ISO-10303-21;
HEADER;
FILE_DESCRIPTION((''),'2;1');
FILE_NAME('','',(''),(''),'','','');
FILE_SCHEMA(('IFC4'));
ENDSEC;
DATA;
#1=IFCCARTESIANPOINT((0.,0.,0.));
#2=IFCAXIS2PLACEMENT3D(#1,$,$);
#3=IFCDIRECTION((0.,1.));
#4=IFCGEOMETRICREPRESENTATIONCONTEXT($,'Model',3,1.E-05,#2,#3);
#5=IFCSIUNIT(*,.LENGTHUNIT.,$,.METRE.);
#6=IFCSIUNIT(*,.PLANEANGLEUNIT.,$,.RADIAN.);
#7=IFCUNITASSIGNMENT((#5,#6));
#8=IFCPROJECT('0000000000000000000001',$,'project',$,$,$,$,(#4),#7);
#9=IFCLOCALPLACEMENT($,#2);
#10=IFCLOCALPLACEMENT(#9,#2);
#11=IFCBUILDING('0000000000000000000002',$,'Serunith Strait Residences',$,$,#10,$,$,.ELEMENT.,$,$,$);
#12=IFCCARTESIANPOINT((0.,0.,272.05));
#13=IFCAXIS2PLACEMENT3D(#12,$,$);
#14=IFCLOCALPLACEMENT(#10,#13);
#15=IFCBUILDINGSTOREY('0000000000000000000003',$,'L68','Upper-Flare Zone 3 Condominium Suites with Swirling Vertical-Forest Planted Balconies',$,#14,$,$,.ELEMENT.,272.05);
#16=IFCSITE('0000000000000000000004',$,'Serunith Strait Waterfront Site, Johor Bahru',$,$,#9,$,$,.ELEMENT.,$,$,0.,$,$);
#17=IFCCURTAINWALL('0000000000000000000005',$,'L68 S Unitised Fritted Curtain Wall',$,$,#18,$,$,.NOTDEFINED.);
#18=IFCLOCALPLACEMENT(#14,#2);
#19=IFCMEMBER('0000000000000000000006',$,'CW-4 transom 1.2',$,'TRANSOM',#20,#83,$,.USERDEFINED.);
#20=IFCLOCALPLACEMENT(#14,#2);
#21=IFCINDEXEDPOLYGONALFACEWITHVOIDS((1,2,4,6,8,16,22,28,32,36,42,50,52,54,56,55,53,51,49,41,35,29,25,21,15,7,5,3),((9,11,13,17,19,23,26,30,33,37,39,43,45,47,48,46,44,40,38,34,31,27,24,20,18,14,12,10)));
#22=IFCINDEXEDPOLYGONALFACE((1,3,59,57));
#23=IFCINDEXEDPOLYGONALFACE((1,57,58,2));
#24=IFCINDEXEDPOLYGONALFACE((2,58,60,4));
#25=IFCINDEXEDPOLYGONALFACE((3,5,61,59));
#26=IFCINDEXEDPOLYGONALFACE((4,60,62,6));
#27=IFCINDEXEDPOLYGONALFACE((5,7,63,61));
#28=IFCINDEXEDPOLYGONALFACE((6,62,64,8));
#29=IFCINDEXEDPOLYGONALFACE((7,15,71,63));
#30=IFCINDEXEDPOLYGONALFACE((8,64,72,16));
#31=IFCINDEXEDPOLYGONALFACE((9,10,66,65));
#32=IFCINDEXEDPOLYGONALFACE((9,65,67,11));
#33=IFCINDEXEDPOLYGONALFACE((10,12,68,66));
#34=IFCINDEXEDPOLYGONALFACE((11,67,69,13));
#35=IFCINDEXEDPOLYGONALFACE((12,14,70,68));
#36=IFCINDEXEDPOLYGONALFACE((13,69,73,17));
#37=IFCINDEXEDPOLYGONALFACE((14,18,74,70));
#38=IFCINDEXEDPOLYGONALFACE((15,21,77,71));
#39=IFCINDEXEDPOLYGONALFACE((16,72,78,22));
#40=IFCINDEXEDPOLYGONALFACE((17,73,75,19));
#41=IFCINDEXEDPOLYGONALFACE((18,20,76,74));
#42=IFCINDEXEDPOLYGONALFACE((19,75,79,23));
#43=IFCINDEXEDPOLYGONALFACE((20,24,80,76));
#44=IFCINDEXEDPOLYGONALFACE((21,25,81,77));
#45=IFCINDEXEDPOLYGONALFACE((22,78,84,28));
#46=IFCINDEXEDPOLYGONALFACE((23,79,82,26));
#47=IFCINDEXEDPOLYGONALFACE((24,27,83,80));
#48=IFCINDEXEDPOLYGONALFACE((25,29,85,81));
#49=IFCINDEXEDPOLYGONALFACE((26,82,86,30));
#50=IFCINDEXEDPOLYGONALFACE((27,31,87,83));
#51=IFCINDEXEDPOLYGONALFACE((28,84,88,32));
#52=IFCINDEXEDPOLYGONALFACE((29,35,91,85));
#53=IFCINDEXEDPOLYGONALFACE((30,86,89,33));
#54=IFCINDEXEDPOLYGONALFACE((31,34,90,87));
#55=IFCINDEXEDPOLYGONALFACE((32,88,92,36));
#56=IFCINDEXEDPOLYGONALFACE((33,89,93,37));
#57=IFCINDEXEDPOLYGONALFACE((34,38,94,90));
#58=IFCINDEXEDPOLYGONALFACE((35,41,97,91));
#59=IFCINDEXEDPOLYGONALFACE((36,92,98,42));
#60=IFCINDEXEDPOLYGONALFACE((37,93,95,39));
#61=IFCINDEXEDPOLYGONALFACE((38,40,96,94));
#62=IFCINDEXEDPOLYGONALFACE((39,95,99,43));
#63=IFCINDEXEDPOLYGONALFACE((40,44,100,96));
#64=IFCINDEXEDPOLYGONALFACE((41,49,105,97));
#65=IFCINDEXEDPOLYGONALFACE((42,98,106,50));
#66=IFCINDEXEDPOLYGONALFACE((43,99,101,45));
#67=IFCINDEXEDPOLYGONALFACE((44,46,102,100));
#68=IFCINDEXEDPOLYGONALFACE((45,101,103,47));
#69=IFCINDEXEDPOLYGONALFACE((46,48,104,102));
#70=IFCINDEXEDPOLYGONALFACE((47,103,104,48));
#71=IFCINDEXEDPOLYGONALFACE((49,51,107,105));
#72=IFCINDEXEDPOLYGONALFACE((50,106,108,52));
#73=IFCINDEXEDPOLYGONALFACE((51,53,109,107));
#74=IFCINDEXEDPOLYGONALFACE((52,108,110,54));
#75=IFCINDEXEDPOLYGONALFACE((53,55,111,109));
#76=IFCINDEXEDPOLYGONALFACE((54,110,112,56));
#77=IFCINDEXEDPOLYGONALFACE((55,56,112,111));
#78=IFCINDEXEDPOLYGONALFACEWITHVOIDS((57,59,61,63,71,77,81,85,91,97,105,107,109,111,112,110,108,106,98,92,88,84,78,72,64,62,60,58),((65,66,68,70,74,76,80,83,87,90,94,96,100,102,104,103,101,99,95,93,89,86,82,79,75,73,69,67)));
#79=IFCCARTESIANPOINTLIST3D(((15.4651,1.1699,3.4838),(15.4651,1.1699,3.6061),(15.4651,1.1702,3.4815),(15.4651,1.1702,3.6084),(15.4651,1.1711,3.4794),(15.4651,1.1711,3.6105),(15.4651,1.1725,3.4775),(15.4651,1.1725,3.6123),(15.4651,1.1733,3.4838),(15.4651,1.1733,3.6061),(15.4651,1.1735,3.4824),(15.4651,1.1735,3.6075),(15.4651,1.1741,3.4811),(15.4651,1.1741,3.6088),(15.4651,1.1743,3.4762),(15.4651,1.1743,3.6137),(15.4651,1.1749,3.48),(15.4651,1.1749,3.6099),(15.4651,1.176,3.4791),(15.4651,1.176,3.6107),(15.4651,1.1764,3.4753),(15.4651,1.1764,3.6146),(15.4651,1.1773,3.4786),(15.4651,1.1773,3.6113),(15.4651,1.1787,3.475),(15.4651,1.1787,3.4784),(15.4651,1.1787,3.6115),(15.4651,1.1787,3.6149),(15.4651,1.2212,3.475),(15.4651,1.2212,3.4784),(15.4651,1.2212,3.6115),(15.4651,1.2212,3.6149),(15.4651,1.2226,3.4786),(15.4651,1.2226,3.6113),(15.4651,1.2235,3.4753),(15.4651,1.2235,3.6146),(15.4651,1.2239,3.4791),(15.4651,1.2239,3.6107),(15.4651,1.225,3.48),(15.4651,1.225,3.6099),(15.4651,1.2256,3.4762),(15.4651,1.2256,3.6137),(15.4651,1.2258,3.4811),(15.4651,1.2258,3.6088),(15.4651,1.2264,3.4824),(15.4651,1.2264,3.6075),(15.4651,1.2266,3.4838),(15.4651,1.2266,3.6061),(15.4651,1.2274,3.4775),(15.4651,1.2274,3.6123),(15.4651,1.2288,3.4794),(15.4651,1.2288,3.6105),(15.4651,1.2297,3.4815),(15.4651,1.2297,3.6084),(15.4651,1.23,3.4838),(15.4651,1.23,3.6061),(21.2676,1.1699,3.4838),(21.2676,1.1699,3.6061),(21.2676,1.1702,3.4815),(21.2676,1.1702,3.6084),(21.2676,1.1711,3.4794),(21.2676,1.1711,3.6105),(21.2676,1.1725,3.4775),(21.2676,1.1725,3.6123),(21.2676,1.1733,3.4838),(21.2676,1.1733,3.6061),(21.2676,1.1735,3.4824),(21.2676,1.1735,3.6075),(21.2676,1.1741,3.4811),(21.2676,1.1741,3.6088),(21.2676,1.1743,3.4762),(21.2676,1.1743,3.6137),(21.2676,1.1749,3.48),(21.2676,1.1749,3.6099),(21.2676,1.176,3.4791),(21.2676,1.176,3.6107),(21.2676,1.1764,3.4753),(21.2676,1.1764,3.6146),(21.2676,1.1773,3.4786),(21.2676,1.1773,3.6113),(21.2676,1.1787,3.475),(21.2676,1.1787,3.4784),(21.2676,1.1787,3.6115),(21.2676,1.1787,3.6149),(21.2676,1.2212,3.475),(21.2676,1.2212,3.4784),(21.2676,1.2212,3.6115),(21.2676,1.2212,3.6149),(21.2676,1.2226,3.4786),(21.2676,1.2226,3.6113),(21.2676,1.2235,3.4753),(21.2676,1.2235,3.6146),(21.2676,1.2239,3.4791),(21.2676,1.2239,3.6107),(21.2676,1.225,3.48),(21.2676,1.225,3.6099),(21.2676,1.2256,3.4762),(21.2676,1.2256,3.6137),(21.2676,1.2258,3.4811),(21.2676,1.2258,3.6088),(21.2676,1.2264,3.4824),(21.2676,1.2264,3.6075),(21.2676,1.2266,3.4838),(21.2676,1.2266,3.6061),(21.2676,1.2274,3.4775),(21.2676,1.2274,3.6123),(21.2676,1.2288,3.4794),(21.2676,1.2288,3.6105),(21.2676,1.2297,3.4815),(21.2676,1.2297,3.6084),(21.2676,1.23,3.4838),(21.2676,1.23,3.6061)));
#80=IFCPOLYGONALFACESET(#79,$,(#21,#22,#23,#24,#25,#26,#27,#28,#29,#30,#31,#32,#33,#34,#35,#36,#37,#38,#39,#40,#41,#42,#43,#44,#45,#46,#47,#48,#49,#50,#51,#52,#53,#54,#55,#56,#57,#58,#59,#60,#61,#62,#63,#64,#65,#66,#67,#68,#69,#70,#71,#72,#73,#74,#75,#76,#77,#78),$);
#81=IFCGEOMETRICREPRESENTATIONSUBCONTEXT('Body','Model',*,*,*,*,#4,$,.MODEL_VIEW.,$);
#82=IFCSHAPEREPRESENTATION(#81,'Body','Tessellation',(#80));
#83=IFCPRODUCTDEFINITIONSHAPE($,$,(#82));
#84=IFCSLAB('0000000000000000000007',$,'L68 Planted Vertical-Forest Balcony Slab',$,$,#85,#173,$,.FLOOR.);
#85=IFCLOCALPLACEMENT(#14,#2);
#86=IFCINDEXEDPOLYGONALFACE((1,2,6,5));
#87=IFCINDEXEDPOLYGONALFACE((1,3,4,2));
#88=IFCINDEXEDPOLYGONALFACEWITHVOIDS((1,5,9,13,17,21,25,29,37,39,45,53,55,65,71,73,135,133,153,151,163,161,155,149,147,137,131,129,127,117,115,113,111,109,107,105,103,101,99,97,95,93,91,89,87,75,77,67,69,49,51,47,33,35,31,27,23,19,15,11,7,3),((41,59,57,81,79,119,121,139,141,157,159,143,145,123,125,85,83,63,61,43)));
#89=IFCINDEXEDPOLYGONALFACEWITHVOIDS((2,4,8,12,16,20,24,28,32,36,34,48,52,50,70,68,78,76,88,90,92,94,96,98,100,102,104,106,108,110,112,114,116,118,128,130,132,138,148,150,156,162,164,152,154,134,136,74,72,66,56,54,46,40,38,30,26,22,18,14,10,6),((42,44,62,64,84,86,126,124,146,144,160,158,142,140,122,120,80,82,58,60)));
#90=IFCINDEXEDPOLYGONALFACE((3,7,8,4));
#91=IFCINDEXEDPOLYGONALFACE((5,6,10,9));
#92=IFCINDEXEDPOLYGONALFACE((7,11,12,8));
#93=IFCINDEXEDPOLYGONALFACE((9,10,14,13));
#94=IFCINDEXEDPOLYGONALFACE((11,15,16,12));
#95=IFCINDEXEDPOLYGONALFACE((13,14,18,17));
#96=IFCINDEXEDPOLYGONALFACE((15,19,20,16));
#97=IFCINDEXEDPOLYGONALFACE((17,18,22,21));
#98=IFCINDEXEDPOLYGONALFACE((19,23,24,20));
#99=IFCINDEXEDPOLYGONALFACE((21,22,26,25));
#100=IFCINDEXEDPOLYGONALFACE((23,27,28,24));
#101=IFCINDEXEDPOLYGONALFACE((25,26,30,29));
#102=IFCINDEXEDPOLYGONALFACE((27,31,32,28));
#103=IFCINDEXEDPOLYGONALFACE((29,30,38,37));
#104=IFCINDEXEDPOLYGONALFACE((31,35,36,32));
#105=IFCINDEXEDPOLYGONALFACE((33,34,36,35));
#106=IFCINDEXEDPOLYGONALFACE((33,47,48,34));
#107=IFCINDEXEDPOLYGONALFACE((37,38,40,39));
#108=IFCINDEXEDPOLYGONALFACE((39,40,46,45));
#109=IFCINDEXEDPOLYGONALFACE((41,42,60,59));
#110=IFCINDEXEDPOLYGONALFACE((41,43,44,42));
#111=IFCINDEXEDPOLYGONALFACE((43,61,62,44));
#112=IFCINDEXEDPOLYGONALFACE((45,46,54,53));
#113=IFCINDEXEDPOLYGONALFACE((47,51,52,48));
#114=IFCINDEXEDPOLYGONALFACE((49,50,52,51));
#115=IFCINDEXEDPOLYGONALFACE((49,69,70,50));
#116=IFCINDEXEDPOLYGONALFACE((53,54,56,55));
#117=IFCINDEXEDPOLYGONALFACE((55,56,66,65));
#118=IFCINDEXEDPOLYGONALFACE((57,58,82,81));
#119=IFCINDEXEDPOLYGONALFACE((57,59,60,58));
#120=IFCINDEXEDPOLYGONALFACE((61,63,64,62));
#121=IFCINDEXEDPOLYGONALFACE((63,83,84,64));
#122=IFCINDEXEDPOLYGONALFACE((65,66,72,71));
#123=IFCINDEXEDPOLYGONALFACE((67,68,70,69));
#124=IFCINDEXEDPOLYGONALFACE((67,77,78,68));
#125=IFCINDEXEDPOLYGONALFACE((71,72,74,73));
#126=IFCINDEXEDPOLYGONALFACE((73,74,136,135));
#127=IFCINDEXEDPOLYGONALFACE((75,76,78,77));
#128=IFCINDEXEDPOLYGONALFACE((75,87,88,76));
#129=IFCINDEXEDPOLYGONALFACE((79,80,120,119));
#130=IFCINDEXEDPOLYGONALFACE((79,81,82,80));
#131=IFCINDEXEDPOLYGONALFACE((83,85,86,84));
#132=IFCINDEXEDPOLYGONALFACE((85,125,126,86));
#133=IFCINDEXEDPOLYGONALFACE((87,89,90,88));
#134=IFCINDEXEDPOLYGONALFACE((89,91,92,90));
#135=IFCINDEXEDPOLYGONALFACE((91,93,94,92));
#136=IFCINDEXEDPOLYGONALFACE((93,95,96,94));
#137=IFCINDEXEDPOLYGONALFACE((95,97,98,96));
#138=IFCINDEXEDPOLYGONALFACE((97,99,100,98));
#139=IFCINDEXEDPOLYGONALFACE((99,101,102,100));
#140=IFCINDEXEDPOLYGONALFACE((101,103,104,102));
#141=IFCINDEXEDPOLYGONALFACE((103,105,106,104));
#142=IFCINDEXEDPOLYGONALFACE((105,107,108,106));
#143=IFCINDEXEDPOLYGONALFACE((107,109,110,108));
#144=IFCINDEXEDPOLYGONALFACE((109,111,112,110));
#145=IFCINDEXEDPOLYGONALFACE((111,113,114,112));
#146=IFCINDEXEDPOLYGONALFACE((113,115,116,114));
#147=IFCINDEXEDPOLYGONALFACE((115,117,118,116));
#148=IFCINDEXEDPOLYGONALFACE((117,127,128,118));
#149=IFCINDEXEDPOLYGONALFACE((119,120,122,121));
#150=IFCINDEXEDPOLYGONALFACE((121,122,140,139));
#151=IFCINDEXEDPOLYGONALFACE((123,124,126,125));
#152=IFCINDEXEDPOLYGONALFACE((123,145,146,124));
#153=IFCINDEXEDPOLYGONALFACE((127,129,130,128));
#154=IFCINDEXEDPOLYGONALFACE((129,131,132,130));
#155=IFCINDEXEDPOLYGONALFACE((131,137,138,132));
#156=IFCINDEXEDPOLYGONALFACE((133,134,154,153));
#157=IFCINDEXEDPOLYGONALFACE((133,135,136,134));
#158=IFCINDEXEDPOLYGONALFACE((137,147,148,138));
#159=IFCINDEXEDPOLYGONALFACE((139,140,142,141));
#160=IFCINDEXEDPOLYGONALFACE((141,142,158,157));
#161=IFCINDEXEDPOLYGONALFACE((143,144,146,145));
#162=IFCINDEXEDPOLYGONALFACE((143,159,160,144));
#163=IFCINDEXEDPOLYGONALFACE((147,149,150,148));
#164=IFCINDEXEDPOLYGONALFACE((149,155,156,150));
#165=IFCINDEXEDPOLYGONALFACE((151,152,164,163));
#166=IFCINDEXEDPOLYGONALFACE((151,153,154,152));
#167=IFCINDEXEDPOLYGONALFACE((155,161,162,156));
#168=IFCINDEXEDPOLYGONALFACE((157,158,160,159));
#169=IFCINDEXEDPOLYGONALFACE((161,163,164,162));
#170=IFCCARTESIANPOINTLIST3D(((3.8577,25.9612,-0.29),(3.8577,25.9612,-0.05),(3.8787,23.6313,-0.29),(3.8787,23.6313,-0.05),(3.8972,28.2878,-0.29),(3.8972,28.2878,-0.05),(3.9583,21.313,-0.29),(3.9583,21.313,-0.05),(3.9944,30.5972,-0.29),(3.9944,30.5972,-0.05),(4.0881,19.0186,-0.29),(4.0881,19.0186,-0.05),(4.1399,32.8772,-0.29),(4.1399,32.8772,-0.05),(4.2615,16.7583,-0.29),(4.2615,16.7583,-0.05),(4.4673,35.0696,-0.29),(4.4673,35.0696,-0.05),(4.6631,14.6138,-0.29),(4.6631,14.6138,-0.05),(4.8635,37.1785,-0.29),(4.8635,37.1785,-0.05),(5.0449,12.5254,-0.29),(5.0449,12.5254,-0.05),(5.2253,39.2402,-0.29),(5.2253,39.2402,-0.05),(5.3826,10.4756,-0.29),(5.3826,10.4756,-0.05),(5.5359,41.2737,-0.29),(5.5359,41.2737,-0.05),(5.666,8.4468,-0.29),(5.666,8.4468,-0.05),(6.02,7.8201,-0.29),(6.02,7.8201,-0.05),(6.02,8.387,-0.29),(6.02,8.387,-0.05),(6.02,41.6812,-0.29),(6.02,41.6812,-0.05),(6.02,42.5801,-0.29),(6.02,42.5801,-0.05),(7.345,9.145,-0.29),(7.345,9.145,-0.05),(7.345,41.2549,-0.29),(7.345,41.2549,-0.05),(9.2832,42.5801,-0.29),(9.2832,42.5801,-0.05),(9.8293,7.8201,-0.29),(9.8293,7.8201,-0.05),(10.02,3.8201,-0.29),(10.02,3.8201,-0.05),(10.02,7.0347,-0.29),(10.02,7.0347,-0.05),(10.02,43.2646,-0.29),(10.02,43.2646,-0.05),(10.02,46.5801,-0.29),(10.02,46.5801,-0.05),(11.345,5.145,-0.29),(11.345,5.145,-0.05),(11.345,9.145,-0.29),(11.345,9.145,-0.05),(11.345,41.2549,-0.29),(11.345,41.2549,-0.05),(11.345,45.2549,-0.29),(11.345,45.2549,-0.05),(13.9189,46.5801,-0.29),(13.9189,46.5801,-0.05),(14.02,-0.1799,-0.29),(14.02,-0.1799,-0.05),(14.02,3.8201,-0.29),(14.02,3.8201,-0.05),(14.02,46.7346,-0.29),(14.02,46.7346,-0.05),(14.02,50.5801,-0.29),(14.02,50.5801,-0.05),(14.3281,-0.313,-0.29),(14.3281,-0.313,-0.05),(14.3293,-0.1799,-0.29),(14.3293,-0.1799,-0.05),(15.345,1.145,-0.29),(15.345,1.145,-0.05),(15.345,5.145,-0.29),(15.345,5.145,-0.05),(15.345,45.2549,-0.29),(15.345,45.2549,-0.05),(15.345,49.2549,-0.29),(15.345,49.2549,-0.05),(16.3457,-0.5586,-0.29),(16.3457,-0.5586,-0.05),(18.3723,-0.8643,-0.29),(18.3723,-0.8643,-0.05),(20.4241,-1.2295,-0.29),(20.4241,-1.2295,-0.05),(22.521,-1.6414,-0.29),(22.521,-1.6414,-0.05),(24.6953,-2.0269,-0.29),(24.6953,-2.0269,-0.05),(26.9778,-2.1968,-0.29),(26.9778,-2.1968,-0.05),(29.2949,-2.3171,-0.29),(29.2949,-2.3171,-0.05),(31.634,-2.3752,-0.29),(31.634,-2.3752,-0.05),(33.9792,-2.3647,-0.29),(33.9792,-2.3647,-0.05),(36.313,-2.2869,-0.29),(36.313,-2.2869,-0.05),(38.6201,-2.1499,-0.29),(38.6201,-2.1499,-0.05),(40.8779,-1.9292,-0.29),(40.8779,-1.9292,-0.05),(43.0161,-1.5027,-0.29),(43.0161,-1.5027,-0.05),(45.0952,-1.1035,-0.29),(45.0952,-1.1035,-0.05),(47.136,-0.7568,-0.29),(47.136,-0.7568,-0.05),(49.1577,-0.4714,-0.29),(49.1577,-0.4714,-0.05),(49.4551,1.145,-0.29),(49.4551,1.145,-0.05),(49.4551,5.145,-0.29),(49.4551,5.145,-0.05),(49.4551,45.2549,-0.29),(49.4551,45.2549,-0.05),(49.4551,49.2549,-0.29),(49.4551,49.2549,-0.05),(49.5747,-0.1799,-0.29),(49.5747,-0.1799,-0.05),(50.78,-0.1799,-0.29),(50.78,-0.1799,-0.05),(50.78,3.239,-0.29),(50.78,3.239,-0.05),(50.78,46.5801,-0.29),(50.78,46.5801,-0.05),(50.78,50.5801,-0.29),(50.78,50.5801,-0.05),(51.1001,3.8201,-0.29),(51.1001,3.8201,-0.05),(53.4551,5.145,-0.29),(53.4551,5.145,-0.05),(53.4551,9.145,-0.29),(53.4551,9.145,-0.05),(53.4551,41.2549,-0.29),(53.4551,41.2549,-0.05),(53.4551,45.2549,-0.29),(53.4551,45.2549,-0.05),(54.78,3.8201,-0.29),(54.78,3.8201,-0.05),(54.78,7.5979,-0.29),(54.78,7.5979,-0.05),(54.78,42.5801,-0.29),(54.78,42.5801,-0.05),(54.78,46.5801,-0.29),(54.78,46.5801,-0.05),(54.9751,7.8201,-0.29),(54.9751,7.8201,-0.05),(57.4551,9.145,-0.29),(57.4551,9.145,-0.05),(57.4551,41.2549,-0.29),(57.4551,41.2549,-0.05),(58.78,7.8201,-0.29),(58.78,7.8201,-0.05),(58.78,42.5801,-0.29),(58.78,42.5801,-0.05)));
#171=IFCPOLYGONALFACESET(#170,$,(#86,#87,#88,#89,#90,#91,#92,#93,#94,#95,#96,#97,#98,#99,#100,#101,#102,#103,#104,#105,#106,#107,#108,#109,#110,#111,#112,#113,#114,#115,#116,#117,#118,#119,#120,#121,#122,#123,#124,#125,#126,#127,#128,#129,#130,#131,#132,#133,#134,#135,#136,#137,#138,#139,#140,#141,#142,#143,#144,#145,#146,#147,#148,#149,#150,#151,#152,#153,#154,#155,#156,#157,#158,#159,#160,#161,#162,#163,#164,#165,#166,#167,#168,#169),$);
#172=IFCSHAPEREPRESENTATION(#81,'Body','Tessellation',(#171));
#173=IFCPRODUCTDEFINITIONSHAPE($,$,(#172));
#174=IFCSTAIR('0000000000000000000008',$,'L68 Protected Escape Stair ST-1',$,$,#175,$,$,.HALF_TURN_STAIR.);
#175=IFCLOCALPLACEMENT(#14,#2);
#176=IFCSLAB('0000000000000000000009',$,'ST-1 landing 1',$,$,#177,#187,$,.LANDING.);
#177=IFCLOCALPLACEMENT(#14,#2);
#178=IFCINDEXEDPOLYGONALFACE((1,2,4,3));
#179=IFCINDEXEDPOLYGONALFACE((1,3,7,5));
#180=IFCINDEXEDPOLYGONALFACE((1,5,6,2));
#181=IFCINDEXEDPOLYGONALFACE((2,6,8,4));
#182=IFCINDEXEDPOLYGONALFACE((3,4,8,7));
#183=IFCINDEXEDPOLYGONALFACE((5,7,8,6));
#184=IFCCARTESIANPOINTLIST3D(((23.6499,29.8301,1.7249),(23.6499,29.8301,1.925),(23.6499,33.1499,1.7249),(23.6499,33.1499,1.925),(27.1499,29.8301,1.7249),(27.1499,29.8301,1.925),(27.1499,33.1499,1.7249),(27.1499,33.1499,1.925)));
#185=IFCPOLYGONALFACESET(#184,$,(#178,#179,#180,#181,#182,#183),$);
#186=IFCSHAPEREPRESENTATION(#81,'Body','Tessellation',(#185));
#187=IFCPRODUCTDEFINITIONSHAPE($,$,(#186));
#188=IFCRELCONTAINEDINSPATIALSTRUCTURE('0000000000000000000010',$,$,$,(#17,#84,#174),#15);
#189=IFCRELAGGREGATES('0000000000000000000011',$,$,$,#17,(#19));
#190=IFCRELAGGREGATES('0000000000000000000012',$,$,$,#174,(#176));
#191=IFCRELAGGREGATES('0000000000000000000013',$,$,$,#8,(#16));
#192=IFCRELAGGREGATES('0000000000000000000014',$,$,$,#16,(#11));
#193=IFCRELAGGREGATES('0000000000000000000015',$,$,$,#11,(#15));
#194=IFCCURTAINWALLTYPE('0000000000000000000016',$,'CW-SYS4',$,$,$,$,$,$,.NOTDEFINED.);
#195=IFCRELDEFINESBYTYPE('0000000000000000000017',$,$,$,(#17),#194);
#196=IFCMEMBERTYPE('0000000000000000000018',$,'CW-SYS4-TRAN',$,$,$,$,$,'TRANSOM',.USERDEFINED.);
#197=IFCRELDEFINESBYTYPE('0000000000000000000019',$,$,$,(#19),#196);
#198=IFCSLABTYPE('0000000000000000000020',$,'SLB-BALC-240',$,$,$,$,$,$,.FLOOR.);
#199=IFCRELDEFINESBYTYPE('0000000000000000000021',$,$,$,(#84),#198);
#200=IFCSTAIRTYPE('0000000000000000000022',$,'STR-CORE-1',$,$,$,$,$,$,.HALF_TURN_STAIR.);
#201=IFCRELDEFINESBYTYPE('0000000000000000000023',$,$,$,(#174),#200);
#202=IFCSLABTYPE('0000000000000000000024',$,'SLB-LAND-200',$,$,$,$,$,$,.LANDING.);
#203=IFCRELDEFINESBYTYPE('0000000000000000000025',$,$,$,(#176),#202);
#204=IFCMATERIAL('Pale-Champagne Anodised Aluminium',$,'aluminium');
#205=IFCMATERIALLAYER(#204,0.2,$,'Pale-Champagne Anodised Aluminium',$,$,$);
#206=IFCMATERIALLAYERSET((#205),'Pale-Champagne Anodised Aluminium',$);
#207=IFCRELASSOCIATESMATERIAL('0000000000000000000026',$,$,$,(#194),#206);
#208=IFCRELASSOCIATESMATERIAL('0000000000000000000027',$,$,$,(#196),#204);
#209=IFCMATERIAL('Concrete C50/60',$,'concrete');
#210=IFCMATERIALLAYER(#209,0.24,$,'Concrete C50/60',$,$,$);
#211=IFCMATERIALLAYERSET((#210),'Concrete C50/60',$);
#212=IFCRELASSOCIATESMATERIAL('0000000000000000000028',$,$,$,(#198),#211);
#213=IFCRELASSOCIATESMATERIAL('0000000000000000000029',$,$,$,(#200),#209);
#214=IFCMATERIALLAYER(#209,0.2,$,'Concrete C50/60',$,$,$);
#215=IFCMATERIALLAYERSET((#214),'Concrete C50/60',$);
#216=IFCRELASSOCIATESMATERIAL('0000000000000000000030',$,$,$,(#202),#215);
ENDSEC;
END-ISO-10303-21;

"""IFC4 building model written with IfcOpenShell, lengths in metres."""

from ifc_helpers import new_model, si_unit, direction, frame, origin, origin_2d, place, context, subcontext, project, spatial, polyline, hollow_rectangle, outline, extrude, source, transform, mapped, material, layer, layer_set, material_profile, profile_set, type_object, element, aggregate, save


model = new_model("IFC4")

# Units and contexts
model_context = context("Model", 3, precision=1e-05, world=origin(), true_north=direction((0.0, 1.0)))
body_context = subcontext(model_context, "Body", "Model", "MODEL_VIEW")
ifc_project = project(units=[si_unit("LENGTHUNIT", "METRE"), si_unit("PLANEANGLEUNIT", "RADIAN")], contexts=[model_context])

# Site, building, storey
site_placement = place(None, origin())
site = spatial("IfcSite", under=ifc_project, at=site_placement, Name="Serunith Strait Waterfront Site, Johor Bahru", CompositionType="ELEMENT", RefElevation=0.0)
building_placement = place(site_placement, origin())
building = spatial("IfcBuilding", under=site, at=building_placement, Name="Serunith Strait Residences", CompositionType="ELEMENT")
storey_placement = place(building_placement, frame((0.0, 0.0, 272.05)))
storey = spatial("IfcBuildingStorey", under=building, at=storey_placement, Name="L68", Description="Upper-Flare Zone 3 Condominium Suites with Swirling Vertical-Forest Planted Balconies", CompositionType="ELEMENT", Elevation=272.05)

# Curtain wall
ifc_material_1 = material(Name="Pale-Champagne Anodised Aluminium", Category="aluminium")
ifc_layer_1 = layer(ifc_material_1, 0.2, Name="Pale-Champagne Anodised Aluminium")
ifc_layer_set_1 = layer_set([ifc_layer_1], Name="Pale-Champagne Anodised Aluminium")
curtain_wall_type = type_object("IfcCurtainWallType", Name="CW-SYS4", PredefinedType="NOTDEFINED", material=ifc_layer_set_1)
curtain_wall_1_placement = place(storey_placement, origin())
curtain_wall_1 = element("IfcCurtainWall", 1, at=curtain_wall_1_placement, inside=storey, type_object=curtain_wall_type, Name="L68 S Unitised Fritted Curtain Wall", PredefinedType="NOTDEFINED")

# Member
ifc_material_profile_1 = material_profile(ifc_material_1, hollow_rectangle(XDim=0.0601, YDim=0.1399, WallThickness=0.0034, InnerFilletRadius=0.0054, OuterFilletRadius=0.0088, at=origin_2d()), Name="ALU 140x60x3.5")
ifc_profile_set_1 = profile_set([ifc_material_profile_1], Name="Pale-Champagne Anodised Aluminium")
member_type_1 = type_object("IfcMemberType", Name="CW-SYS4-TRAN", ElementType="TRANSOM", PredefinedType="USERDEFINED", material=ifc_profile_set_1)
shared_shape_1 = source(origin(), body_context, "Body", "SweptSolid", [
    extrude(hollow_rectangle(XDim=0.0601, YDim=0.1399, WallThickness=0.0034, InnerFilletRadius=0.0054, OuterFilletRadius=0.0088, at=origin_2d()), origin(), (0.0, 0.0, 1.0), 5.8025),
])
member_1_placement = place(storey_placement, frame((15.4651, 1.2, 3.5449), z_axis=(1.0, 0.0, 0.0), x_axis=(0.0, 1.0, 0.0)))
member_1 = element("IfcMember", 2, at=member_1_placement, type_object=member_type_1, Name="CW-4 transom 1.2", ObjectType="TRANSOM", PredefinedType="USERDEFINED", context=body_context, shape_type="MappedRepresentation", body=[
    mapped(shared_shape_1, transform((0.0, 0.0, 0.0), scale=1.0)),
])
aggregate(curtain_wall_1, [member_1])

# Slab
ifc_material_2 = material(Name="Concrete C50/60", Category="concrete")
ifc_layer_2 = layer(ifc_material_2, 0.24, Name="Concrete C50/60")
ifc_layer_set_2 = layer_set([ifc_layer_2], Name="Concrete C50/60")
slab_type_1 = type_object("IfcSlabType", Name="SLB-BALC-240", PredefinedType="FLOOR", material=ifc_layer_set_2)
slab_1_placement = place(storey_placement, frame((0.0, 0.0, -0.29)))
element("IfcSlab", 3, at=slab_1_placement, inside=storey, type_object=slab_type_1, Name="L68 Planted Vertical-Forest Balcony Slab", PredefinedType="FLOOR", context=body_context, shape_type="SweptSolid", body=[
    extrude(outline(polyline([(14.02, -0.1799), (14.02, 3.8201), (10.02, 3.8201), (10.02, 7.0347), (9.8293, 7.8201), (6.02, 7.8201), (6.02, 8.387), (5.666, 8.4468), (5.3826, 10.4756), (5.0449, 12.5254), (4.6631, 14.6138), (4.2615, 16.7583), (4.0881, 19.0186), (3.9583, 21.313), (3.8787, 23.6313), (3.8577, 25.9612), (3.8972, 28.2878), (3.9944, 30.5972), (4.1399, 32.8772), (4.4673, 35.0696), (4.8635, 37.1785), (5.2253, 39.2402), (5.5359, 41.2737), (6.02, 41.6812), (6.02, 42.5801), (9.2832, 42.5801), (10.02, 43.2646), (10.02, 46.5801), (13.9189, 46.5801), (14.02, 46.7346), (14.02, 50.5801), (50.78, 50.5801), (50.78, 46.5801), (54.78, 46.5801), (54.78, 42.5801), (58.78, 42.5801), (58.78, 7.8201), (54.9751, 7.8201), (54.78, 7.5979), (54.78, 3.8201), (51.1001, 3.8201), (50.78, 3.239), (50.78, -0.1799), (49.5747, -0.1799), (49.1577, -0.4714), (47.136, -0.7568), (45.0952, -1.1035), (43.0161, -1.5027), (40.8779, -1.9292), (38.6201, -2.1499), (36.313, -2.2869), (33.9792, -2.3647), (31.634, -2.3752), (29.2949, -2.3171), (26.9778, -2.1968), (24.6953, -2.0269), (22.521, -1.6414), (20.4241, -1.2295), (18.3723, -0.8643), (16.3457, -0.5586), (14.3281, -0.313), (14.3293, -0.1799), (14.02, -0.1799)]), holes=[polyline([(49.4551, 1.145), (49.4551, 5.145), (53.4551, 5.145), (53.4551, 9.145), (57.4551, 9.145), (57.4551, 41.2549), (53.4551, 41.2549), (53.4551, 45.2549), (49.4551, 45.2549), (49.4551, 49.2549), (15.345, 49.2549), (15.345, 45.2549), (11.345, 45.2549), (11.345, 41.2549), (7.345, 41.2549), (7.345, 9.145), (11.345, 9.145), (11.345, 5.145), (15.345, 5.145), (15.345, 1.145), (49.4551, 1.145)])]), origin(), (0.0, 0.0, 1.0), 0.24),
])

# Stair, slab
stair_type_1 = type_object("IfcStairType", Name="STR-CORE-1", PredefinedType="HALF_TURN_STAIR", material=ifc_material_2)
stair_1_placement = place(storey_placement, origin())
stair_1 = element("IfcStair", 4, at=stair_1_placement, inside=storey, type_object=stair_type_1, Name="L68 Protected Escape Stair ST-1", PredefinedType="HALF_TURN_STAIR")
ifc_layer_3 = layer(ifc_material_2, 0.2, Name="Concrete C50/60")
ifc_layer_set_3 = layer_set([ifc_layer_3], Name="Concrete C50/60")
slab_type_2 = type_object("IfcSlabType", Name="SLB-LAND-200", PredefinedType="LANDING", material=ifc_layer_set_3)
slab_2_placement = place(storey_placement, frame((0.0, 0.0, 1.7249)))
slab_2 = element("IfcSlab", 5, at=slab_2_placement, type_object=slab_type_2, Name="ST-1 landing 1", PredefinedType="LANDING", context=body_context, shape_type="SweptSolid", body=[
    extrude(outline(polyline([(27.1499, 29.8301), (27.1499, 33.1499), (23.6499, 33.1499), (23.6499, 29.8301), (27.1499, 29.8301)])), origin(), (0.0, 0.0, 1.0), 0.2002),
])
aggregate(stair_1, [slab_2])

save(model, "model.ifc")
